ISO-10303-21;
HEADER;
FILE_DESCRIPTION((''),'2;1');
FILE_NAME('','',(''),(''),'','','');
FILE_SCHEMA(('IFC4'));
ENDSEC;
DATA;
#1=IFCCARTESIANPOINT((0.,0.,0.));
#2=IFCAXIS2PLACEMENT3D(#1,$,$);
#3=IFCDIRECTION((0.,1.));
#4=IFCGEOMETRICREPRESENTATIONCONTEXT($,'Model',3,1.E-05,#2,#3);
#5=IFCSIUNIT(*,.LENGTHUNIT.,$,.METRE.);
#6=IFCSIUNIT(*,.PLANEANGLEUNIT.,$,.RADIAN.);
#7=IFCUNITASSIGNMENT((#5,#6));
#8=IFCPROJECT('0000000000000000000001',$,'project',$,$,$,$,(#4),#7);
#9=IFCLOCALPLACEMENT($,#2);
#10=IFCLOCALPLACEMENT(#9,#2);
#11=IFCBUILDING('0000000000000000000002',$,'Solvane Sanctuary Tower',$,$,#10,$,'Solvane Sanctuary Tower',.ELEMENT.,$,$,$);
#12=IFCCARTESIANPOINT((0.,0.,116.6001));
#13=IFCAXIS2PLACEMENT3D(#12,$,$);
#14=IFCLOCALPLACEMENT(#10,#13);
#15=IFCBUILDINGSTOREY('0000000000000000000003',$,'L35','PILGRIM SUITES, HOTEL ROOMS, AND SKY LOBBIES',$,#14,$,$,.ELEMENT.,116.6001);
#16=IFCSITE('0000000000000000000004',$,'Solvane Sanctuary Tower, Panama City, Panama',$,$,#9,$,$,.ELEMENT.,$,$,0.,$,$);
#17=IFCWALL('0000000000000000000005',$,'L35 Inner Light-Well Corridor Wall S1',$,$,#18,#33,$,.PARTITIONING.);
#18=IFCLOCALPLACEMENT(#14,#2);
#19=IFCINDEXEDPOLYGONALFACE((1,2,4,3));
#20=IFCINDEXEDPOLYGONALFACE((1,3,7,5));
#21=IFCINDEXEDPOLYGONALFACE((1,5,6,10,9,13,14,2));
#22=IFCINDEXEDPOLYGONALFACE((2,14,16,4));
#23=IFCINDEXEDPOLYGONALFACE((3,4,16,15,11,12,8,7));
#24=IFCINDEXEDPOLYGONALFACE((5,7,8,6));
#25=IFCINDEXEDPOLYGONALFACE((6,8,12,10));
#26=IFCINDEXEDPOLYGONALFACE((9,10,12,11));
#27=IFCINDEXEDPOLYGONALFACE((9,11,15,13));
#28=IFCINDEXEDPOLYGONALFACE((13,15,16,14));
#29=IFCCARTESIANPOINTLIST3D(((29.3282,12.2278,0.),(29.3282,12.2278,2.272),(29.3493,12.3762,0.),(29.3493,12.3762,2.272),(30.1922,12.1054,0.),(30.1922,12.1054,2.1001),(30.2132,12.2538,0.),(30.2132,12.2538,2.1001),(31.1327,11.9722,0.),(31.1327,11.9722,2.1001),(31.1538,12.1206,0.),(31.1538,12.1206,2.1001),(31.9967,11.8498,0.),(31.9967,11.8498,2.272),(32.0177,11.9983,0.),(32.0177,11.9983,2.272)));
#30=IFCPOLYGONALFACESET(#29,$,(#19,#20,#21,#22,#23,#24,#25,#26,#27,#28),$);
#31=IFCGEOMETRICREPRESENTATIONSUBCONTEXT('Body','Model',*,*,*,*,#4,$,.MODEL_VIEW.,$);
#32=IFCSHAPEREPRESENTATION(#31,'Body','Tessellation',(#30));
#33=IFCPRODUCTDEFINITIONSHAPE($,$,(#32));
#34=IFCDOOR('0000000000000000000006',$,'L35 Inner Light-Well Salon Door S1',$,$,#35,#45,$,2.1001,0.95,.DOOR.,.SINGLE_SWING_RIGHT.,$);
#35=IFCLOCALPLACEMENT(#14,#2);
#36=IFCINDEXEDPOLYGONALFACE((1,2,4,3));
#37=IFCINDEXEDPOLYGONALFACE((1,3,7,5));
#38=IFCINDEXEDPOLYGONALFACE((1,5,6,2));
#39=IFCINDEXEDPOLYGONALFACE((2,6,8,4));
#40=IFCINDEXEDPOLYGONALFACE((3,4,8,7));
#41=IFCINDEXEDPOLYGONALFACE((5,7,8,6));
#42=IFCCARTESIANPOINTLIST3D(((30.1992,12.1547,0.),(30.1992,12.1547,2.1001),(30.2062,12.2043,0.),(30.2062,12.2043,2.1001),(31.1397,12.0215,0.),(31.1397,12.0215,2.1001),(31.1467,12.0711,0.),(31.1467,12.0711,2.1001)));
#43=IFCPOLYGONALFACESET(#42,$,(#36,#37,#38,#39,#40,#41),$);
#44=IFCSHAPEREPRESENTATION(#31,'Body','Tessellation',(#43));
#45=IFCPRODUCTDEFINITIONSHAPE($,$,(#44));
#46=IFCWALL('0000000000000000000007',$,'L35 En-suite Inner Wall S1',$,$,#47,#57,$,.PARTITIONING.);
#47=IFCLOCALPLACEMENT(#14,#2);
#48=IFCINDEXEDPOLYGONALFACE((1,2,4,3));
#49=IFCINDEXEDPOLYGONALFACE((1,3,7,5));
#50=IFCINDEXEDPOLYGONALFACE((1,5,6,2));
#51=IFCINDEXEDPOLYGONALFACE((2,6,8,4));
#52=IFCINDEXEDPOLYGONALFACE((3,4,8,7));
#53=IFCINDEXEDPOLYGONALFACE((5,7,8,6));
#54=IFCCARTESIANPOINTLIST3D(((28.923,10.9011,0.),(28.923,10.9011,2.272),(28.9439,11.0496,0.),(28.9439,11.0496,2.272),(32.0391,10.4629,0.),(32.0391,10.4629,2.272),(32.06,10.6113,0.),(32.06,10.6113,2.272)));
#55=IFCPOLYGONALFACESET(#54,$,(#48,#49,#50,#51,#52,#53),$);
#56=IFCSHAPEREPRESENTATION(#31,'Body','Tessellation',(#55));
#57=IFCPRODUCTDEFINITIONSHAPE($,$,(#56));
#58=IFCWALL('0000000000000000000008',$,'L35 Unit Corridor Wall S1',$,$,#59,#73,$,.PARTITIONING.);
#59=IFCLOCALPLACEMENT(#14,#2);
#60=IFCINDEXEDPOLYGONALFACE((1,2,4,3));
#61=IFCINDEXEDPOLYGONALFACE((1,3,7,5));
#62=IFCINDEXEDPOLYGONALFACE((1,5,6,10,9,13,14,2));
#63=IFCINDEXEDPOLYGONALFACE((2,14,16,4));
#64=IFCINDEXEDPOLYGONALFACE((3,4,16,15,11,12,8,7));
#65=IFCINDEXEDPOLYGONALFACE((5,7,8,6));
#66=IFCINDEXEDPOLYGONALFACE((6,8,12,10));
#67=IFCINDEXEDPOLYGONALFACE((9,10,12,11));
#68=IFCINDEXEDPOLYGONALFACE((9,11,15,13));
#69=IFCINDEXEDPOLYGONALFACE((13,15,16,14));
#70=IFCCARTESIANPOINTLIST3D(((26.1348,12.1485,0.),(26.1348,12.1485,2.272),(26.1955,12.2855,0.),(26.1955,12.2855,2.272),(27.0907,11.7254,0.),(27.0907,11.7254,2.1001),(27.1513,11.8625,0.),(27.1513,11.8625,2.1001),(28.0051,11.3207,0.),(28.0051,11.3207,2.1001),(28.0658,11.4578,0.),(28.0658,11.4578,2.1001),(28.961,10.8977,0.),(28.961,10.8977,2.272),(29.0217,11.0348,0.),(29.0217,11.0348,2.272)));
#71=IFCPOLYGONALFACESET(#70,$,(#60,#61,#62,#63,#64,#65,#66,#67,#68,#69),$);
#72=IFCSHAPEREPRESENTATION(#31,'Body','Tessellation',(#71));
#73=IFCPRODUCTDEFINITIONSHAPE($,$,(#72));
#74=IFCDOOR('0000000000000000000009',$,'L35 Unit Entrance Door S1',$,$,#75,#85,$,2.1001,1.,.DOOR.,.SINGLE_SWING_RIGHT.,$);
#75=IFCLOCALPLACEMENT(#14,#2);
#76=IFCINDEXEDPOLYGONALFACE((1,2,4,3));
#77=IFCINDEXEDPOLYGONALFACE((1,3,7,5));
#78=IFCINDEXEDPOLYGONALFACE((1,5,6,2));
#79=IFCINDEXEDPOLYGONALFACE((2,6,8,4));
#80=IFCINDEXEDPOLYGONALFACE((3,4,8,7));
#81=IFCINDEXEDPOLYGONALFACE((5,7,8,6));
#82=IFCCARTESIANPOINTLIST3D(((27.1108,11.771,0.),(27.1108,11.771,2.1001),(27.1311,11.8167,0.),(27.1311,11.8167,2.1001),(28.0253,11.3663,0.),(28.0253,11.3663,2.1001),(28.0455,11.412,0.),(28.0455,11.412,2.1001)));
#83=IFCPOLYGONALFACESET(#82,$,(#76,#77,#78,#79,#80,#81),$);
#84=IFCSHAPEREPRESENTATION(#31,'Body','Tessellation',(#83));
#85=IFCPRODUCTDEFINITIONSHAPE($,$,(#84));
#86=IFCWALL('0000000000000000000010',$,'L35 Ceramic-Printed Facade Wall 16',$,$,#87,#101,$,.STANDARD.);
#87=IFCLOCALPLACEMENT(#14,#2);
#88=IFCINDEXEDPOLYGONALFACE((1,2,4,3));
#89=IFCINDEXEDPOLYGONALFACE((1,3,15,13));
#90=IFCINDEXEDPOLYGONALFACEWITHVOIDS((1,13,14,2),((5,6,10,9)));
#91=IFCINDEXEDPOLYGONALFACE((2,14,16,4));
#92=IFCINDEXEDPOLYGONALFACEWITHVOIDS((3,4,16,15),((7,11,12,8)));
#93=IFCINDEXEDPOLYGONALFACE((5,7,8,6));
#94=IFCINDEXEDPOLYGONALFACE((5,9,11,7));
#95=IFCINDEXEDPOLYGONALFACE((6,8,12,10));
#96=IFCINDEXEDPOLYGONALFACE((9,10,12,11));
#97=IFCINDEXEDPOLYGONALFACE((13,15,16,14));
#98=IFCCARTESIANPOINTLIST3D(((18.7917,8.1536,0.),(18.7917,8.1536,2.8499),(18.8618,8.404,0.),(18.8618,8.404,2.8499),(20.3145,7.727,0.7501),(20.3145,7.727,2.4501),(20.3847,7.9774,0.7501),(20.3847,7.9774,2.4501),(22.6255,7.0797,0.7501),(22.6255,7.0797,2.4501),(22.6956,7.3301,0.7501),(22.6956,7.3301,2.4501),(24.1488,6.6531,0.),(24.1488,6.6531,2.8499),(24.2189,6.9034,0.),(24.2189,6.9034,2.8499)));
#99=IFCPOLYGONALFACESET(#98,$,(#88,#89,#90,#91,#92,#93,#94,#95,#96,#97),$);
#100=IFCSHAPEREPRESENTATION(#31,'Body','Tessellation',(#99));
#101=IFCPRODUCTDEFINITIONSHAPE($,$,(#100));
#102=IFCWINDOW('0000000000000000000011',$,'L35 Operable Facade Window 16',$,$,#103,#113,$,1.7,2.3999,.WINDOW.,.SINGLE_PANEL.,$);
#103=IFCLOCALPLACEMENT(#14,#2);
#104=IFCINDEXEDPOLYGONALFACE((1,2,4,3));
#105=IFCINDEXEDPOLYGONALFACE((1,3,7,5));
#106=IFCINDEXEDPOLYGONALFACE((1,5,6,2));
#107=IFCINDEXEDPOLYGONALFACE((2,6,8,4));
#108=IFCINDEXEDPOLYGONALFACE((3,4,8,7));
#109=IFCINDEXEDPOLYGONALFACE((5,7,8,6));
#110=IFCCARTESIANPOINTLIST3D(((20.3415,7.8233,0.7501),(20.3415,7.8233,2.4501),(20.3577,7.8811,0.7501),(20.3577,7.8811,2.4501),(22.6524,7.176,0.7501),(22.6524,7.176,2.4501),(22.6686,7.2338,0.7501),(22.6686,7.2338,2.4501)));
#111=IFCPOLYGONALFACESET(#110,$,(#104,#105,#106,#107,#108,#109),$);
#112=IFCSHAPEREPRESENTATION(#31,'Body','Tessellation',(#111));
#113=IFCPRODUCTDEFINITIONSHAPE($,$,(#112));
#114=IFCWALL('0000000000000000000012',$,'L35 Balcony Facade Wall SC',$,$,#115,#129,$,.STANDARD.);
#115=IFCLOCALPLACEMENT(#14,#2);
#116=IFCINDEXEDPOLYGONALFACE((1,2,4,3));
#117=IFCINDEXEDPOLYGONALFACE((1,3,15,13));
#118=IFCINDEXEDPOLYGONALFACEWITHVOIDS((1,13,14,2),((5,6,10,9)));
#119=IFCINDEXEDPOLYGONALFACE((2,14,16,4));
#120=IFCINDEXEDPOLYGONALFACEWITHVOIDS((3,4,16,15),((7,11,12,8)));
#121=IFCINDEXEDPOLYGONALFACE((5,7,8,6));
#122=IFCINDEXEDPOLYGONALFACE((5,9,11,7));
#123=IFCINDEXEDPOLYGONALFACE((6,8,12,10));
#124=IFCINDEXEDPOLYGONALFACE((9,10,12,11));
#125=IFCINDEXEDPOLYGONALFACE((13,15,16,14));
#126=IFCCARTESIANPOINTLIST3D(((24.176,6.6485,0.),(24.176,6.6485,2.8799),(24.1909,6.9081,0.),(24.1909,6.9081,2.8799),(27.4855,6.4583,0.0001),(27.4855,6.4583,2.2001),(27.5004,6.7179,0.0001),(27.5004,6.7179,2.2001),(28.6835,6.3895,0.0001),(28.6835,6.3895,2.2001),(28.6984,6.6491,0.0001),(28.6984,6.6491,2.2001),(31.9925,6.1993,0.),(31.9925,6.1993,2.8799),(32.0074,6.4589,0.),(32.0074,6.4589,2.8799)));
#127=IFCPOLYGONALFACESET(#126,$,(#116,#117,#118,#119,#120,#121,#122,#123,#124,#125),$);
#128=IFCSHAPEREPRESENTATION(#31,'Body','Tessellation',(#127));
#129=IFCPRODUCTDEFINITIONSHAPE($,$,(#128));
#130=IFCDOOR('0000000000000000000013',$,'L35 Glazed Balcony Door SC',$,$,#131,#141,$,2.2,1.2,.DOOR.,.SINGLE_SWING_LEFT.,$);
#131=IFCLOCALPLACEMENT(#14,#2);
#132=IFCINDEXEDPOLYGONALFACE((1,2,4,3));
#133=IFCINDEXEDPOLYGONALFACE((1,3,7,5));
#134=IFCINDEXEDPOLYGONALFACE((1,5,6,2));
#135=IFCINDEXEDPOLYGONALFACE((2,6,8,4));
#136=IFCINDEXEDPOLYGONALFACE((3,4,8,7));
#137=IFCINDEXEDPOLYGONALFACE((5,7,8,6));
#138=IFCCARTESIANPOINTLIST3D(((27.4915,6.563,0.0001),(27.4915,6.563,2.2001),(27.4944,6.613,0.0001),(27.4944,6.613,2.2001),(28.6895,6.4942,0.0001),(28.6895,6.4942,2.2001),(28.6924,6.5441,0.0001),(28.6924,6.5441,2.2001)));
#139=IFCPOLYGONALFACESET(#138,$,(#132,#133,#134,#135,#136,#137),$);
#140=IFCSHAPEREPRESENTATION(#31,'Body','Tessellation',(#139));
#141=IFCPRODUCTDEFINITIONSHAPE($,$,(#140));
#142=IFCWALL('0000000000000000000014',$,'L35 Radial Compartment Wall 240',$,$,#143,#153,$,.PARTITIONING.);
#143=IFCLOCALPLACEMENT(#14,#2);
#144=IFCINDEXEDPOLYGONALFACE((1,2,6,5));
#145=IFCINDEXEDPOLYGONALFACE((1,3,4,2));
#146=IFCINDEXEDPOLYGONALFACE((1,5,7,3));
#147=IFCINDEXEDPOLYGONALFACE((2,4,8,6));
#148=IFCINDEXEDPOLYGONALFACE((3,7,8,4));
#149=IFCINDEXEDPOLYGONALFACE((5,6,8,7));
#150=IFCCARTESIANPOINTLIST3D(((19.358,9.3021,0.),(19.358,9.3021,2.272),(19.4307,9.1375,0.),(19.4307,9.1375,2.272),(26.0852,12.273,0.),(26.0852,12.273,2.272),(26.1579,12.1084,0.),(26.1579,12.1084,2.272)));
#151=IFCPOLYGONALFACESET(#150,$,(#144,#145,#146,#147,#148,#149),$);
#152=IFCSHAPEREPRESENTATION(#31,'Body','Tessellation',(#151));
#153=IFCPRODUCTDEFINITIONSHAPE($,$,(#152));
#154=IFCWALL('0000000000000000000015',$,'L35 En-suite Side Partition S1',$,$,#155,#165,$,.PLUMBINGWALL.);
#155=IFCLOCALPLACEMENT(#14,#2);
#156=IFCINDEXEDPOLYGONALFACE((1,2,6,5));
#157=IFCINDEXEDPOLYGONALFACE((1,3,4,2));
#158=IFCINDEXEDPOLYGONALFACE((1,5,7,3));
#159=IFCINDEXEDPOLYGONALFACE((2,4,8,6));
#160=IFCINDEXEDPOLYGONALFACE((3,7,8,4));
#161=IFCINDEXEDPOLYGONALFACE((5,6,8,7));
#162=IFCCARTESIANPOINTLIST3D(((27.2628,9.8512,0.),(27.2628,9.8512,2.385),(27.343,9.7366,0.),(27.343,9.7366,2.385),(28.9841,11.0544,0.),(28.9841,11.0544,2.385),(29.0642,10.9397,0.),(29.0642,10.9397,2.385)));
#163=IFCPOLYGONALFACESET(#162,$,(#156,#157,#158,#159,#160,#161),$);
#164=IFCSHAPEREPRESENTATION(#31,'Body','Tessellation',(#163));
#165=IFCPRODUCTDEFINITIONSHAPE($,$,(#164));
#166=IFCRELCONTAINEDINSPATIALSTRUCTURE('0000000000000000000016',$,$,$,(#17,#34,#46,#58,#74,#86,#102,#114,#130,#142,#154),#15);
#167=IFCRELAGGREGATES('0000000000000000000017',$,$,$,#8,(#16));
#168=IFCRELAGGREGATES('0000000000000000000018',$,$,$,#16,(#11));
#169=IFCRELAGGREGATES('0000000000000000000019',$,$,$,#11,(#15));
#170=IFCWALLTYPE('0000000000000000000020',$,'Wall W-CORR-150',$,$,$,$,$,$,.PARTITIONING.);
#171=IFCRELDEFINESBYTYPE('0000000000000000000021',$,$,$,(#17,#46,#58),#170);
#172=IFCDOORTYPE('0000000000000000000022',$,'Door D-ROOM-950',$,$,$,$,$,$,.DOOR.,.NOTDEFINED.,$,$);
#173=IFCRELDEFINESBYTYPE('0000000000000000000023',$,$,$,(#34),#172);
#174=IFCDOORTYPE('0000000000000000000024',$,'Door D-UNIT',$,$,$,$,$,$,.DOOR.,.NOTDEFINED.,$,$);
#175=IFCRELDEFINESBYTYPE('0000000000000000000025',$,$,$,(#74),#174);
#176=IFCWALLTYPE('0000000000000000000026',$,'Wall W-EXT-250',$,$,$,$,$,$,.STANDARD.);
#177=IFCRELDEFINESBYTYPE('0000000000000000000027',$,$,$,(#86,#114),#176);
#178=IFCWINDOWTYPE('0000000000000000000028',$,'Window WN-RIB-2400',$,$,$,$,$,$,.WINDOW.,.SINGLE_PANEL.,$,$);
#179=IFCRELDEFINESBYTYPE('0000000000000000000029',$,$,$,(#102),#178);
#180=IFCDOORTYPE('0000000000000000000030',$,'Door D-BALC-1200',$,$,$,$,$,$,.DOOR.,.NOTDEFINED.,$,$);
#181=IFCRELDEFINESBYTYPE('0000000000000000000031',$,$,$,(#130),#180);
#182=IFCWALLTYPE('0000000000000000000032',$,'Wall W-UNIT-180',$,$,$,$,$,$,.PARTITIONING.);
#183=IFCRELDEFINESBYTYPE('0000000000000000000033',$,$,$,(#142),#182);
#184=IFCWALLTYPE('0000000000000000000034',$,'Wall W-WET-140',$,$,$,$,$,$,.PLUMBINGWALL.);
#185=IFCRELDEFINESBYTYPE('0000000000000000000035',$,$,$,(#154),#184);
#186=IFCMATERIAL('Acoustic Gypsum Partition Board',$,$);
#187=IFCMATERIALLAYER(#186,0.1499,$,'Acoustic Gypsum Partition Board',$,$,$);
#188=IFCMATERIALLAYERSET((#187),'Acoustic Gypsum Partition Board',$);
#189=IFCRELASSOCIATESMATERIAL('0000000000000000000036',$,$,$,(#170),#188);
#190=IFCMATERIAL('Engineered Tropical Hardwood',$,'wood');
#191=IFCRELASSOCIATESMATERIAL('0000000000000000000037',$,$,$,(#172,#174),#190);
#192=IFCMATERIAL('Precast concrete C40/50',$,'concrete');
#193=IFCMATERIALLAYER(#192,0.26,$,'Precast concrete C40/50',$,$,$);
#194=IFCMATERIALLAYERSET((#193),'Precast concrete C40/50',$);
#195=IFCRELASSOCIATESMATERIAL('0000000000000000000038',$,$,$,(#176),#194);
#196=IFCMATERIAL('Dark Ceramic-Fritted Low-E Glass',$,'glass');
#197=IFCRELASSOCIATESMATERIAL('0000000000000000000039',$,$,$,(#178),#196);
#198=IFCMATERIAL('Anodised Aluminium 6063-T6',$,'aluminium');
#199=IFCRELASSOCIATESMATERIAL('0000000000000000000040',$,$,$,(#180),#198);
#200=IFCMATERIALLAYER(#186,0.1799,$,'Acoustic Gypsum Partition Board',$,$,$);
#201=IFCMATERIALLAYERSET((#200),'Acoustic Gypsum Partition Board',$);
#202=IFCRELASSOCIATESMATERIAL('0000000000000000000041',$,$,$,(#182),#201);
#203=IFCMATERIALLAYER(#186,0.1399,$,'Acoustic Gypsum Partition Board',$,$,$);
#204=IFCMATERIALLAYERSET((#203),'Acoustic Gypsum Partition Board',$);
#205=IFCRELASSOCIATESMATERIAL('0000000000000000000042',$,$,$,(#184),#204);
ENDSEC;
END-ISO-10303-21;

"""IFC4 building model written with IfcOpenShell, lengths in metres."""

from ifc_helpers import new_model, si_unit, direction, frame, frame_2d, origin, place, context, subcontext, project, spatial, rectangle, extrude, material, layer, layer_set, type_object, element, fill, save


model = new_model("IFC4")

# Units and contexts
model_context = context("Model", 3, precision=1e-05, world=origin(), true_north=direction((0.0, 1.0)))
body_context = subcontext(model_context, "Body", "Model", "MODEL_VIEW")
ifc_project = project(units=[si_unit("LENGTHUNIT", "METRE"), si_unit("PLANEANGLEUNIT", "RADIAN")], contexts=[model_context])

# Site, building, storey
site_placement = place(None, origin())
site = spatial("IfcSite", under=ifc_project, at=site_placement, Name="Solvane Sanctuary Tower, Panama City, Panama", CompositionType="ELEMENT", RefElevation=0.0)
building_placement = place(site_placement, origin())
building = spatial("IfcBuilding", under=site, at=building_placement, Name="Solvane Sanctuary Tower", LongName="Solvane Sanctuary Tower", CompositionType="ELEMENT")
storey_placement = place(building_placement, frame((0.0, 0.0, 116.6001)))
storey = spatial("IfcBuildingStorey", under=building, at=storey_placement, Name="L35", Description="PILGRIM SUITES, HOTEL ROOMS, AND SKY LOBBIES", CompositionType="ELEMENT", Elevation=116.6001)

# Shared definitions
ifc_material_1 = material(Name="Acoustic Gypsum Partition Board")
ifc_layer_1 = layer(ifc_material_1, 0.1499, Name="Acoustic Gypsum Partition Board")
ifc_layer_set_1 = layer_set([ifc_layer_1], Name="Acoustic Gypsum Partition Board")
wall_type_1 = type_object("IfcWallType", Name="Wall W-CORR-150", PredefinedType="PARTITIONING", material=ifc_layer_set_1)

# Wall, opening, door
wall_1_placement = place(storey_placement, frame((29.3386, 12.302, 0.0), z_axis=(0.0, 0.0, 1.0), x_axis=(0.990119, -0.140229, 0.0)))
wall_1 = element("IfcWall", 1, at=wall_1_placement, inside=storey, type_object=wall_type_1, Name="L35 Inner Light-Well Corridor Wall S1", PredefinedType="PARTITIONING", context=body_context, shape_type="SweptSolid", body=[
    extrude(rectangle(XDim=2.6951, YDim=0.1499, at=frame_2d((1.3477, 0.0))), origin(), (0.0, 0.0, 1.0), 2.272),
])
opening_1_placement = place(wall_1_placement, frame((0.8726, 0.0, 0.0)))
opening_1 = element("IfcOpeningElement", 2, at=opening_1_placement, cuts=wall_1, PredefinedType="OPENING", context=body_context, shape_type="SweptSolid", body=[
    extrude(rectangle(XDim=0.95, YDim=2.1001, at=frame_2d((0.4751, 1.05))), frame((0.0, 0.085, 0.0), z_axis=(0.0, -1.0, 0.0), x_axis=(1.0, 0.0, 0.0)), (0.0, 0.0, 1.0), 0.1699),
])
ifc_material_2 = material(Name="Engineered Tropical Hardwood", Category="wood")
door_type_1 = type_object("IfcDoorType", Name="Door D-ROOM-950", OperationType="NOTDEFINED", PredefinedType="DOOR", material=ifc_material_2)
door_1_placement = place(opening_1_placement, origin())
door_1 = element("IfcDoor", 3, at=door_1_placement, inside=storey, type_object=door_type_1, Name="L35 Inner Light-Well Salon Door S1", OperationType="SINGLE_SWING_RIGHT", OverallHeight=2.1001, OverallWidth=0.95, PredefinedType="DOOR", context=body_context, shape_type="SweptSolid", body=[
    extrude(rectangle(XDim=0.95, YDim=2.1001, at=frame_2d((0.4751, 1.05))), frame((0.0, 0.0249, 0.0), z_axis=(0.0, -1.0, 0.0), x_axis=(1.0, 0.0, 0.0)), (0.0, 0.0, 1.0), 0.05),
])
fill(opening_1, door_1)

# Wall
wall_2_placement = place(storey_placement, frame((28.9336, 10.9753, 0.0), z_axis=(0.0, 0.0, 1.0), x_axis=(0.990254, -0.13927, 0.0)))
element("IfcWall", 4, at=wall_2_placement, inside=storey, type_object=wall_type_1, Name="L35 En-suite Inner Wall S1", PredefinedType="PARTITIONING", context=body_context, shape_type="SweptSolid", body=[
    extrude(rectangle(XDim=3.1467, YDim=0.1499, at=frame_2d((1.5732, 0.0))), origin(), (0.0, 0.0, 1.0), 2.272),
])

# Wall, opening, door
wall_3_placement = place(storey_placement, frame((26.165, 12.217, 0.0), z_axis=(0.0, 0.0, 1.0), x_axis=(0.914452, -0.404694, 0.0)))
wall_3 = element("IfcWall", 5, at=wall_3_placement, inside=storey, type_object=wall_type_1, Name="L35 Unit Corridor Wall S1", PredefinedType="PARTITIONING", context=body_context, shape_type="SweptSolid", body=[
    extrude(rectangle(XDim=3.0906, YDim=0.1499, at=frame_2d((1.5454, 0.0))), origin(), (0.0, 0.0, 1.0), 2.272),
])
opening_2_placement = place(wall_3_placement, frame((1.0454, 0.0, 0.0)))
opening_2 = element("IfcOpeningElement", 6, at=opening_2_placement, cuts=wall_3, PredefinedType="OPENING", context=body_context, shape_type="SweptSolid", body=[
    extrude(rectangle(XDim=1.0, YDim=2.1001, at=frame_2d((0.5, 1.05))), frame((0.0, 0.085, 0.0), z_axis=(0.0, -1.0, 0.0), x_axis=(1.0, 0.0, 0.0)), (0.0, 0.0, 1.0), 0.1699),
])
door_type_2 = type_object("IfcDoorType", Name="Door D-UNIT", OperationType="NOTDEFINED", PredefinedType="DOOR", material=ifc_material_2)
door_2_placement = place(opening_2_placement, origin())
door_2 = element("IfcDoor", 7, at=door_2_placement, inside=storey, type_object=door_type_2, Name="L35 Unit Entrance Door S1", OperationType="SINGLE_SWING_RIGHT", OverallHeight=2.1001, OverallWidth=1.0, PredefinedType="DOOR", context=body_context, shape_type="SweptSolid", body=[
    extrude(rectangle(XDim=1.0, YDim=2.1001, at=frame_2d((0.5, 1.05))), frame((0.0, 0.0249, 0.0), z_axis=(0.0, -1.0, 0.0), x_axis=(1.0, 0.0, 0.0)), (0.0, 0.0, 1.0), 0.05),
])
fill(opening_2, door_2)

# Wall, opening, window
ifc_material_3 = material(Name="Precast concrete C40/50", Category="concrete")
ifc_layer_2 = layer(ifc_material_3, 0.26, Name="Precast concrete C40/50")
ifc_layer_set_2 = layer_set([ifc_layer_2], Name="Precast concrete C40/50")
wall_type_2 = type_object("IfcWallType", Name="Wall W-EXT-250", PredefinedType="STANDARD", material=ifc_layer_set_2)
wall_4_placement = place(storey_placement, frame((18.8267, 8.2788, 0.0), z_axis=(0.0, 0.0, 1.0), x_axis=(0.962938, -0.269721, 0.0)))
wall_4 = element("IfcWall", 8, at=wall_4_placement, inside=storey, type_object=wall_type_2, Name="L35 Ceramic-Printed Facade Wall 16", PredefinedType="STANDARD", context=body_context, shape_type="SweptSolid", body=[
    extrude(rectangle(XDim=5.5632, YDim=0.26, at=frame_2d((2.7817, 0.0))), origin(), (0.0, 0.0, 1.0), 2.8499),
])
opening_3_placement = place(wall_4_placement, frame((1.5815, 0.0, 0.75)))
opening_3 = element("IfcOpeningElement", 9, at=opening_3_placement, cuts=wall_4, PredefinedType="OPENING", context=body_context, shape_type="SweptSolid", body=[
    extrude(rectangle(XDim=2.3999, YDim=1.7, at=frame_2d((1.2, 0.8501))), frame((0.0, 0.1399, 0.0), z_axis=(0.0, -1.0, 0.0), x_axis=(1.0, 0.0, 0.0)), (0.0, 0.0, 1.0), 0.28),
])
ifc_material_4 = material(Name="Dark Ceramic-Fritted Low-E Glass", Category="glass")
window_type = type_object("IfcWindowType", Name="Window WN-RIB-2400", PartitioningType="SINGLE_PANEL", PredefinedType="WINDOW", material=ifc_material_4)
window_placement = place(opening_3_placement, origin())
window = element("IfcWindow", 10, at=window_placement, inside=storey, type_object=window_type, Name="L35 Operable Facade Window 16", OverallHeight=1.7, OverallWidth=2.3999, PartitioningType="SINGLE_PANEL", PredefinedType="WINDOW", context=body_context, shape_type="SweptSolid", body=[
    extrude(rectangle(XDim=2.3999, YDim=1.7, at=frame_2d((1.2, 0.8501))), frame((0.0, 0.03, 0.0), z_axis=(0.0, -1.0, 0.0), x_axis=(1.0, 0.0, 0.0)), (0.0, 0.0, 1.0), 0.0601),
])
fill(opening_3, window)

# Wall, opening, door
wall_5_placement = place(storey_placement, frame((24.1836, 6.7783, 0.0), z_axis=(0.0, 0.0, 1.0), x_axis=(0.998353, -0.057377, 0.0)))
wall_5 = element("IfcWall", 11, at=wall_5_placement, inside=storey, type_object=wall_type_2, Name="L35 Balcony Facade Wall SC", PredefinedType="STANDARD", context=body_context, shape_type="SweptSolid", body=[
    extrude(rectangle(XDim=7.8293, YDim=0.26, at=frame_2d((3.9146, 0.0))), origin(), (0.0, 0.0, 1.0), 2.8799),
])
opening_4_placement = place(wall_5_placement, frame((3.3147, 0.0, 0.0)))
opening_4 = element("IfcOpeningElement", 12, at=opening_4_placement, cuts=wall_5, PredefinedType="OPENING", context=body_context, shape_type="SweptSolid", body=[
    extrude(rectangle(XDim=1.2, YDim=2.2, at=frame_2d((0.6001, 1.1001))), frame((0.0, 0.1399, 0.0), z_axis=(0.0, -1.0, 0.0), x_axis=(1.0, 0.0, 0.0)), (0.0, 0.0, 1.0), 0.28),
])
ifc_material_5 = material(Name="Anodised Aluminium 6063-T6", Category="aluminium")
door_type_3 = type_object("IfcDoorType", Name="Door D-BALC-1200", OperationType="NOTDEFINED", PredefinedType="DOOR", material=ifc_material_5)
door_3_placement = place(opening_4_placement, origin())
door_3 = element("IfcDoor", 13, at=door_3_placement, inside=storey, type_object=door_type_3, Name="L35 Glazed Balcony Door SC", OperationType="SINGLE_SWING_LEFT", OverallHeight=2.2, OverallWidth=1.2, PredefinedType="DOOR", context=body_context, shape_type="SweptSolid", body=[
    extrude(rectangle(XDim=1.2, YDim=2.2, at=frame_2d((0.6001, 1.1001))), frame((0.0, 0.0249, 0.0), z_axis=(0.0, -1.0, 0.0), x_axis=(1.0, 0.0, 0.0)), (0.0, 0.0, 1.0), 0.05),
])
fill(opening_4, door_3)

# Walls
ifc_layer_3 = layer(ifc_material_1, 0.1799, Name="Acoustic Gypsum Partition Board")
ifc_layer_set_3 = layer_set([ifc_layer_3], Name="Acoustic Gypsum Partition Board")
wall_type_3 = type_object("IfcWallType", Name="Wall W-UNIT-180", PredefinedType="PARTITIONING", material=ifc_layer_set_3)
wall_6_placement = place(storey_placement, frame((26.1216, 12.1907, 0.0), z_axis=(0.0, 0.0, 1.0), x_axis=(-0.914766, -0.403984, 0.0)))
element("IfcWall", 14, at=wall_6_placement, inside=storey, type_object=wall_type_3, Name="L35 Radial Compartment Wall 240", PredefinedType="PARTITIONING", context=body_context, shape_type="SweptSolid", body=[
    extrude(rectangle(XDim=7.354, YDim=0.1799, at=frame_2d((3.677, 0.0))), origin(), (0.0, 0.0, 1.0), 2.272),
])
ifc_layer_4 = layer(ifc_material_1, 0.1399, Name="Acoustic Gypsum Partition Board")
ifc_layer_set_4 = layer_set([ifc_layer_4], Name="Acoustic Gypsum Partition Board")
wall_type_4 = type_object("IfcWallType", Name="Wall W-WET-140", PredefinedType="PLUMBINGWALL", material=ifc_layer_set_4)
wall_7_placement = place(storey_placement, frame((29.0242, 10.9971, 0.0), z_axis=(0.0, 0.0, 1.0), x_axis=(-0.819614, -0.572916, 0.0)))
element("IfcWall", 15, at=wall_7_placement, inside=storey, type_object=wall_type_4, Name="L35 En-suite Side Partition S1", PredefinedType="PLUMBINGWALL", context=body_context, shape_type="SweptSolid", body=[
    extrude(rectangle(XDim=2.1001, YDim=0.1399, at=frame_2d((1.05, 0.0))), origin(), (0.0, 0.0, 1.0), 2.385),
])

save(model, "model.ifc")
